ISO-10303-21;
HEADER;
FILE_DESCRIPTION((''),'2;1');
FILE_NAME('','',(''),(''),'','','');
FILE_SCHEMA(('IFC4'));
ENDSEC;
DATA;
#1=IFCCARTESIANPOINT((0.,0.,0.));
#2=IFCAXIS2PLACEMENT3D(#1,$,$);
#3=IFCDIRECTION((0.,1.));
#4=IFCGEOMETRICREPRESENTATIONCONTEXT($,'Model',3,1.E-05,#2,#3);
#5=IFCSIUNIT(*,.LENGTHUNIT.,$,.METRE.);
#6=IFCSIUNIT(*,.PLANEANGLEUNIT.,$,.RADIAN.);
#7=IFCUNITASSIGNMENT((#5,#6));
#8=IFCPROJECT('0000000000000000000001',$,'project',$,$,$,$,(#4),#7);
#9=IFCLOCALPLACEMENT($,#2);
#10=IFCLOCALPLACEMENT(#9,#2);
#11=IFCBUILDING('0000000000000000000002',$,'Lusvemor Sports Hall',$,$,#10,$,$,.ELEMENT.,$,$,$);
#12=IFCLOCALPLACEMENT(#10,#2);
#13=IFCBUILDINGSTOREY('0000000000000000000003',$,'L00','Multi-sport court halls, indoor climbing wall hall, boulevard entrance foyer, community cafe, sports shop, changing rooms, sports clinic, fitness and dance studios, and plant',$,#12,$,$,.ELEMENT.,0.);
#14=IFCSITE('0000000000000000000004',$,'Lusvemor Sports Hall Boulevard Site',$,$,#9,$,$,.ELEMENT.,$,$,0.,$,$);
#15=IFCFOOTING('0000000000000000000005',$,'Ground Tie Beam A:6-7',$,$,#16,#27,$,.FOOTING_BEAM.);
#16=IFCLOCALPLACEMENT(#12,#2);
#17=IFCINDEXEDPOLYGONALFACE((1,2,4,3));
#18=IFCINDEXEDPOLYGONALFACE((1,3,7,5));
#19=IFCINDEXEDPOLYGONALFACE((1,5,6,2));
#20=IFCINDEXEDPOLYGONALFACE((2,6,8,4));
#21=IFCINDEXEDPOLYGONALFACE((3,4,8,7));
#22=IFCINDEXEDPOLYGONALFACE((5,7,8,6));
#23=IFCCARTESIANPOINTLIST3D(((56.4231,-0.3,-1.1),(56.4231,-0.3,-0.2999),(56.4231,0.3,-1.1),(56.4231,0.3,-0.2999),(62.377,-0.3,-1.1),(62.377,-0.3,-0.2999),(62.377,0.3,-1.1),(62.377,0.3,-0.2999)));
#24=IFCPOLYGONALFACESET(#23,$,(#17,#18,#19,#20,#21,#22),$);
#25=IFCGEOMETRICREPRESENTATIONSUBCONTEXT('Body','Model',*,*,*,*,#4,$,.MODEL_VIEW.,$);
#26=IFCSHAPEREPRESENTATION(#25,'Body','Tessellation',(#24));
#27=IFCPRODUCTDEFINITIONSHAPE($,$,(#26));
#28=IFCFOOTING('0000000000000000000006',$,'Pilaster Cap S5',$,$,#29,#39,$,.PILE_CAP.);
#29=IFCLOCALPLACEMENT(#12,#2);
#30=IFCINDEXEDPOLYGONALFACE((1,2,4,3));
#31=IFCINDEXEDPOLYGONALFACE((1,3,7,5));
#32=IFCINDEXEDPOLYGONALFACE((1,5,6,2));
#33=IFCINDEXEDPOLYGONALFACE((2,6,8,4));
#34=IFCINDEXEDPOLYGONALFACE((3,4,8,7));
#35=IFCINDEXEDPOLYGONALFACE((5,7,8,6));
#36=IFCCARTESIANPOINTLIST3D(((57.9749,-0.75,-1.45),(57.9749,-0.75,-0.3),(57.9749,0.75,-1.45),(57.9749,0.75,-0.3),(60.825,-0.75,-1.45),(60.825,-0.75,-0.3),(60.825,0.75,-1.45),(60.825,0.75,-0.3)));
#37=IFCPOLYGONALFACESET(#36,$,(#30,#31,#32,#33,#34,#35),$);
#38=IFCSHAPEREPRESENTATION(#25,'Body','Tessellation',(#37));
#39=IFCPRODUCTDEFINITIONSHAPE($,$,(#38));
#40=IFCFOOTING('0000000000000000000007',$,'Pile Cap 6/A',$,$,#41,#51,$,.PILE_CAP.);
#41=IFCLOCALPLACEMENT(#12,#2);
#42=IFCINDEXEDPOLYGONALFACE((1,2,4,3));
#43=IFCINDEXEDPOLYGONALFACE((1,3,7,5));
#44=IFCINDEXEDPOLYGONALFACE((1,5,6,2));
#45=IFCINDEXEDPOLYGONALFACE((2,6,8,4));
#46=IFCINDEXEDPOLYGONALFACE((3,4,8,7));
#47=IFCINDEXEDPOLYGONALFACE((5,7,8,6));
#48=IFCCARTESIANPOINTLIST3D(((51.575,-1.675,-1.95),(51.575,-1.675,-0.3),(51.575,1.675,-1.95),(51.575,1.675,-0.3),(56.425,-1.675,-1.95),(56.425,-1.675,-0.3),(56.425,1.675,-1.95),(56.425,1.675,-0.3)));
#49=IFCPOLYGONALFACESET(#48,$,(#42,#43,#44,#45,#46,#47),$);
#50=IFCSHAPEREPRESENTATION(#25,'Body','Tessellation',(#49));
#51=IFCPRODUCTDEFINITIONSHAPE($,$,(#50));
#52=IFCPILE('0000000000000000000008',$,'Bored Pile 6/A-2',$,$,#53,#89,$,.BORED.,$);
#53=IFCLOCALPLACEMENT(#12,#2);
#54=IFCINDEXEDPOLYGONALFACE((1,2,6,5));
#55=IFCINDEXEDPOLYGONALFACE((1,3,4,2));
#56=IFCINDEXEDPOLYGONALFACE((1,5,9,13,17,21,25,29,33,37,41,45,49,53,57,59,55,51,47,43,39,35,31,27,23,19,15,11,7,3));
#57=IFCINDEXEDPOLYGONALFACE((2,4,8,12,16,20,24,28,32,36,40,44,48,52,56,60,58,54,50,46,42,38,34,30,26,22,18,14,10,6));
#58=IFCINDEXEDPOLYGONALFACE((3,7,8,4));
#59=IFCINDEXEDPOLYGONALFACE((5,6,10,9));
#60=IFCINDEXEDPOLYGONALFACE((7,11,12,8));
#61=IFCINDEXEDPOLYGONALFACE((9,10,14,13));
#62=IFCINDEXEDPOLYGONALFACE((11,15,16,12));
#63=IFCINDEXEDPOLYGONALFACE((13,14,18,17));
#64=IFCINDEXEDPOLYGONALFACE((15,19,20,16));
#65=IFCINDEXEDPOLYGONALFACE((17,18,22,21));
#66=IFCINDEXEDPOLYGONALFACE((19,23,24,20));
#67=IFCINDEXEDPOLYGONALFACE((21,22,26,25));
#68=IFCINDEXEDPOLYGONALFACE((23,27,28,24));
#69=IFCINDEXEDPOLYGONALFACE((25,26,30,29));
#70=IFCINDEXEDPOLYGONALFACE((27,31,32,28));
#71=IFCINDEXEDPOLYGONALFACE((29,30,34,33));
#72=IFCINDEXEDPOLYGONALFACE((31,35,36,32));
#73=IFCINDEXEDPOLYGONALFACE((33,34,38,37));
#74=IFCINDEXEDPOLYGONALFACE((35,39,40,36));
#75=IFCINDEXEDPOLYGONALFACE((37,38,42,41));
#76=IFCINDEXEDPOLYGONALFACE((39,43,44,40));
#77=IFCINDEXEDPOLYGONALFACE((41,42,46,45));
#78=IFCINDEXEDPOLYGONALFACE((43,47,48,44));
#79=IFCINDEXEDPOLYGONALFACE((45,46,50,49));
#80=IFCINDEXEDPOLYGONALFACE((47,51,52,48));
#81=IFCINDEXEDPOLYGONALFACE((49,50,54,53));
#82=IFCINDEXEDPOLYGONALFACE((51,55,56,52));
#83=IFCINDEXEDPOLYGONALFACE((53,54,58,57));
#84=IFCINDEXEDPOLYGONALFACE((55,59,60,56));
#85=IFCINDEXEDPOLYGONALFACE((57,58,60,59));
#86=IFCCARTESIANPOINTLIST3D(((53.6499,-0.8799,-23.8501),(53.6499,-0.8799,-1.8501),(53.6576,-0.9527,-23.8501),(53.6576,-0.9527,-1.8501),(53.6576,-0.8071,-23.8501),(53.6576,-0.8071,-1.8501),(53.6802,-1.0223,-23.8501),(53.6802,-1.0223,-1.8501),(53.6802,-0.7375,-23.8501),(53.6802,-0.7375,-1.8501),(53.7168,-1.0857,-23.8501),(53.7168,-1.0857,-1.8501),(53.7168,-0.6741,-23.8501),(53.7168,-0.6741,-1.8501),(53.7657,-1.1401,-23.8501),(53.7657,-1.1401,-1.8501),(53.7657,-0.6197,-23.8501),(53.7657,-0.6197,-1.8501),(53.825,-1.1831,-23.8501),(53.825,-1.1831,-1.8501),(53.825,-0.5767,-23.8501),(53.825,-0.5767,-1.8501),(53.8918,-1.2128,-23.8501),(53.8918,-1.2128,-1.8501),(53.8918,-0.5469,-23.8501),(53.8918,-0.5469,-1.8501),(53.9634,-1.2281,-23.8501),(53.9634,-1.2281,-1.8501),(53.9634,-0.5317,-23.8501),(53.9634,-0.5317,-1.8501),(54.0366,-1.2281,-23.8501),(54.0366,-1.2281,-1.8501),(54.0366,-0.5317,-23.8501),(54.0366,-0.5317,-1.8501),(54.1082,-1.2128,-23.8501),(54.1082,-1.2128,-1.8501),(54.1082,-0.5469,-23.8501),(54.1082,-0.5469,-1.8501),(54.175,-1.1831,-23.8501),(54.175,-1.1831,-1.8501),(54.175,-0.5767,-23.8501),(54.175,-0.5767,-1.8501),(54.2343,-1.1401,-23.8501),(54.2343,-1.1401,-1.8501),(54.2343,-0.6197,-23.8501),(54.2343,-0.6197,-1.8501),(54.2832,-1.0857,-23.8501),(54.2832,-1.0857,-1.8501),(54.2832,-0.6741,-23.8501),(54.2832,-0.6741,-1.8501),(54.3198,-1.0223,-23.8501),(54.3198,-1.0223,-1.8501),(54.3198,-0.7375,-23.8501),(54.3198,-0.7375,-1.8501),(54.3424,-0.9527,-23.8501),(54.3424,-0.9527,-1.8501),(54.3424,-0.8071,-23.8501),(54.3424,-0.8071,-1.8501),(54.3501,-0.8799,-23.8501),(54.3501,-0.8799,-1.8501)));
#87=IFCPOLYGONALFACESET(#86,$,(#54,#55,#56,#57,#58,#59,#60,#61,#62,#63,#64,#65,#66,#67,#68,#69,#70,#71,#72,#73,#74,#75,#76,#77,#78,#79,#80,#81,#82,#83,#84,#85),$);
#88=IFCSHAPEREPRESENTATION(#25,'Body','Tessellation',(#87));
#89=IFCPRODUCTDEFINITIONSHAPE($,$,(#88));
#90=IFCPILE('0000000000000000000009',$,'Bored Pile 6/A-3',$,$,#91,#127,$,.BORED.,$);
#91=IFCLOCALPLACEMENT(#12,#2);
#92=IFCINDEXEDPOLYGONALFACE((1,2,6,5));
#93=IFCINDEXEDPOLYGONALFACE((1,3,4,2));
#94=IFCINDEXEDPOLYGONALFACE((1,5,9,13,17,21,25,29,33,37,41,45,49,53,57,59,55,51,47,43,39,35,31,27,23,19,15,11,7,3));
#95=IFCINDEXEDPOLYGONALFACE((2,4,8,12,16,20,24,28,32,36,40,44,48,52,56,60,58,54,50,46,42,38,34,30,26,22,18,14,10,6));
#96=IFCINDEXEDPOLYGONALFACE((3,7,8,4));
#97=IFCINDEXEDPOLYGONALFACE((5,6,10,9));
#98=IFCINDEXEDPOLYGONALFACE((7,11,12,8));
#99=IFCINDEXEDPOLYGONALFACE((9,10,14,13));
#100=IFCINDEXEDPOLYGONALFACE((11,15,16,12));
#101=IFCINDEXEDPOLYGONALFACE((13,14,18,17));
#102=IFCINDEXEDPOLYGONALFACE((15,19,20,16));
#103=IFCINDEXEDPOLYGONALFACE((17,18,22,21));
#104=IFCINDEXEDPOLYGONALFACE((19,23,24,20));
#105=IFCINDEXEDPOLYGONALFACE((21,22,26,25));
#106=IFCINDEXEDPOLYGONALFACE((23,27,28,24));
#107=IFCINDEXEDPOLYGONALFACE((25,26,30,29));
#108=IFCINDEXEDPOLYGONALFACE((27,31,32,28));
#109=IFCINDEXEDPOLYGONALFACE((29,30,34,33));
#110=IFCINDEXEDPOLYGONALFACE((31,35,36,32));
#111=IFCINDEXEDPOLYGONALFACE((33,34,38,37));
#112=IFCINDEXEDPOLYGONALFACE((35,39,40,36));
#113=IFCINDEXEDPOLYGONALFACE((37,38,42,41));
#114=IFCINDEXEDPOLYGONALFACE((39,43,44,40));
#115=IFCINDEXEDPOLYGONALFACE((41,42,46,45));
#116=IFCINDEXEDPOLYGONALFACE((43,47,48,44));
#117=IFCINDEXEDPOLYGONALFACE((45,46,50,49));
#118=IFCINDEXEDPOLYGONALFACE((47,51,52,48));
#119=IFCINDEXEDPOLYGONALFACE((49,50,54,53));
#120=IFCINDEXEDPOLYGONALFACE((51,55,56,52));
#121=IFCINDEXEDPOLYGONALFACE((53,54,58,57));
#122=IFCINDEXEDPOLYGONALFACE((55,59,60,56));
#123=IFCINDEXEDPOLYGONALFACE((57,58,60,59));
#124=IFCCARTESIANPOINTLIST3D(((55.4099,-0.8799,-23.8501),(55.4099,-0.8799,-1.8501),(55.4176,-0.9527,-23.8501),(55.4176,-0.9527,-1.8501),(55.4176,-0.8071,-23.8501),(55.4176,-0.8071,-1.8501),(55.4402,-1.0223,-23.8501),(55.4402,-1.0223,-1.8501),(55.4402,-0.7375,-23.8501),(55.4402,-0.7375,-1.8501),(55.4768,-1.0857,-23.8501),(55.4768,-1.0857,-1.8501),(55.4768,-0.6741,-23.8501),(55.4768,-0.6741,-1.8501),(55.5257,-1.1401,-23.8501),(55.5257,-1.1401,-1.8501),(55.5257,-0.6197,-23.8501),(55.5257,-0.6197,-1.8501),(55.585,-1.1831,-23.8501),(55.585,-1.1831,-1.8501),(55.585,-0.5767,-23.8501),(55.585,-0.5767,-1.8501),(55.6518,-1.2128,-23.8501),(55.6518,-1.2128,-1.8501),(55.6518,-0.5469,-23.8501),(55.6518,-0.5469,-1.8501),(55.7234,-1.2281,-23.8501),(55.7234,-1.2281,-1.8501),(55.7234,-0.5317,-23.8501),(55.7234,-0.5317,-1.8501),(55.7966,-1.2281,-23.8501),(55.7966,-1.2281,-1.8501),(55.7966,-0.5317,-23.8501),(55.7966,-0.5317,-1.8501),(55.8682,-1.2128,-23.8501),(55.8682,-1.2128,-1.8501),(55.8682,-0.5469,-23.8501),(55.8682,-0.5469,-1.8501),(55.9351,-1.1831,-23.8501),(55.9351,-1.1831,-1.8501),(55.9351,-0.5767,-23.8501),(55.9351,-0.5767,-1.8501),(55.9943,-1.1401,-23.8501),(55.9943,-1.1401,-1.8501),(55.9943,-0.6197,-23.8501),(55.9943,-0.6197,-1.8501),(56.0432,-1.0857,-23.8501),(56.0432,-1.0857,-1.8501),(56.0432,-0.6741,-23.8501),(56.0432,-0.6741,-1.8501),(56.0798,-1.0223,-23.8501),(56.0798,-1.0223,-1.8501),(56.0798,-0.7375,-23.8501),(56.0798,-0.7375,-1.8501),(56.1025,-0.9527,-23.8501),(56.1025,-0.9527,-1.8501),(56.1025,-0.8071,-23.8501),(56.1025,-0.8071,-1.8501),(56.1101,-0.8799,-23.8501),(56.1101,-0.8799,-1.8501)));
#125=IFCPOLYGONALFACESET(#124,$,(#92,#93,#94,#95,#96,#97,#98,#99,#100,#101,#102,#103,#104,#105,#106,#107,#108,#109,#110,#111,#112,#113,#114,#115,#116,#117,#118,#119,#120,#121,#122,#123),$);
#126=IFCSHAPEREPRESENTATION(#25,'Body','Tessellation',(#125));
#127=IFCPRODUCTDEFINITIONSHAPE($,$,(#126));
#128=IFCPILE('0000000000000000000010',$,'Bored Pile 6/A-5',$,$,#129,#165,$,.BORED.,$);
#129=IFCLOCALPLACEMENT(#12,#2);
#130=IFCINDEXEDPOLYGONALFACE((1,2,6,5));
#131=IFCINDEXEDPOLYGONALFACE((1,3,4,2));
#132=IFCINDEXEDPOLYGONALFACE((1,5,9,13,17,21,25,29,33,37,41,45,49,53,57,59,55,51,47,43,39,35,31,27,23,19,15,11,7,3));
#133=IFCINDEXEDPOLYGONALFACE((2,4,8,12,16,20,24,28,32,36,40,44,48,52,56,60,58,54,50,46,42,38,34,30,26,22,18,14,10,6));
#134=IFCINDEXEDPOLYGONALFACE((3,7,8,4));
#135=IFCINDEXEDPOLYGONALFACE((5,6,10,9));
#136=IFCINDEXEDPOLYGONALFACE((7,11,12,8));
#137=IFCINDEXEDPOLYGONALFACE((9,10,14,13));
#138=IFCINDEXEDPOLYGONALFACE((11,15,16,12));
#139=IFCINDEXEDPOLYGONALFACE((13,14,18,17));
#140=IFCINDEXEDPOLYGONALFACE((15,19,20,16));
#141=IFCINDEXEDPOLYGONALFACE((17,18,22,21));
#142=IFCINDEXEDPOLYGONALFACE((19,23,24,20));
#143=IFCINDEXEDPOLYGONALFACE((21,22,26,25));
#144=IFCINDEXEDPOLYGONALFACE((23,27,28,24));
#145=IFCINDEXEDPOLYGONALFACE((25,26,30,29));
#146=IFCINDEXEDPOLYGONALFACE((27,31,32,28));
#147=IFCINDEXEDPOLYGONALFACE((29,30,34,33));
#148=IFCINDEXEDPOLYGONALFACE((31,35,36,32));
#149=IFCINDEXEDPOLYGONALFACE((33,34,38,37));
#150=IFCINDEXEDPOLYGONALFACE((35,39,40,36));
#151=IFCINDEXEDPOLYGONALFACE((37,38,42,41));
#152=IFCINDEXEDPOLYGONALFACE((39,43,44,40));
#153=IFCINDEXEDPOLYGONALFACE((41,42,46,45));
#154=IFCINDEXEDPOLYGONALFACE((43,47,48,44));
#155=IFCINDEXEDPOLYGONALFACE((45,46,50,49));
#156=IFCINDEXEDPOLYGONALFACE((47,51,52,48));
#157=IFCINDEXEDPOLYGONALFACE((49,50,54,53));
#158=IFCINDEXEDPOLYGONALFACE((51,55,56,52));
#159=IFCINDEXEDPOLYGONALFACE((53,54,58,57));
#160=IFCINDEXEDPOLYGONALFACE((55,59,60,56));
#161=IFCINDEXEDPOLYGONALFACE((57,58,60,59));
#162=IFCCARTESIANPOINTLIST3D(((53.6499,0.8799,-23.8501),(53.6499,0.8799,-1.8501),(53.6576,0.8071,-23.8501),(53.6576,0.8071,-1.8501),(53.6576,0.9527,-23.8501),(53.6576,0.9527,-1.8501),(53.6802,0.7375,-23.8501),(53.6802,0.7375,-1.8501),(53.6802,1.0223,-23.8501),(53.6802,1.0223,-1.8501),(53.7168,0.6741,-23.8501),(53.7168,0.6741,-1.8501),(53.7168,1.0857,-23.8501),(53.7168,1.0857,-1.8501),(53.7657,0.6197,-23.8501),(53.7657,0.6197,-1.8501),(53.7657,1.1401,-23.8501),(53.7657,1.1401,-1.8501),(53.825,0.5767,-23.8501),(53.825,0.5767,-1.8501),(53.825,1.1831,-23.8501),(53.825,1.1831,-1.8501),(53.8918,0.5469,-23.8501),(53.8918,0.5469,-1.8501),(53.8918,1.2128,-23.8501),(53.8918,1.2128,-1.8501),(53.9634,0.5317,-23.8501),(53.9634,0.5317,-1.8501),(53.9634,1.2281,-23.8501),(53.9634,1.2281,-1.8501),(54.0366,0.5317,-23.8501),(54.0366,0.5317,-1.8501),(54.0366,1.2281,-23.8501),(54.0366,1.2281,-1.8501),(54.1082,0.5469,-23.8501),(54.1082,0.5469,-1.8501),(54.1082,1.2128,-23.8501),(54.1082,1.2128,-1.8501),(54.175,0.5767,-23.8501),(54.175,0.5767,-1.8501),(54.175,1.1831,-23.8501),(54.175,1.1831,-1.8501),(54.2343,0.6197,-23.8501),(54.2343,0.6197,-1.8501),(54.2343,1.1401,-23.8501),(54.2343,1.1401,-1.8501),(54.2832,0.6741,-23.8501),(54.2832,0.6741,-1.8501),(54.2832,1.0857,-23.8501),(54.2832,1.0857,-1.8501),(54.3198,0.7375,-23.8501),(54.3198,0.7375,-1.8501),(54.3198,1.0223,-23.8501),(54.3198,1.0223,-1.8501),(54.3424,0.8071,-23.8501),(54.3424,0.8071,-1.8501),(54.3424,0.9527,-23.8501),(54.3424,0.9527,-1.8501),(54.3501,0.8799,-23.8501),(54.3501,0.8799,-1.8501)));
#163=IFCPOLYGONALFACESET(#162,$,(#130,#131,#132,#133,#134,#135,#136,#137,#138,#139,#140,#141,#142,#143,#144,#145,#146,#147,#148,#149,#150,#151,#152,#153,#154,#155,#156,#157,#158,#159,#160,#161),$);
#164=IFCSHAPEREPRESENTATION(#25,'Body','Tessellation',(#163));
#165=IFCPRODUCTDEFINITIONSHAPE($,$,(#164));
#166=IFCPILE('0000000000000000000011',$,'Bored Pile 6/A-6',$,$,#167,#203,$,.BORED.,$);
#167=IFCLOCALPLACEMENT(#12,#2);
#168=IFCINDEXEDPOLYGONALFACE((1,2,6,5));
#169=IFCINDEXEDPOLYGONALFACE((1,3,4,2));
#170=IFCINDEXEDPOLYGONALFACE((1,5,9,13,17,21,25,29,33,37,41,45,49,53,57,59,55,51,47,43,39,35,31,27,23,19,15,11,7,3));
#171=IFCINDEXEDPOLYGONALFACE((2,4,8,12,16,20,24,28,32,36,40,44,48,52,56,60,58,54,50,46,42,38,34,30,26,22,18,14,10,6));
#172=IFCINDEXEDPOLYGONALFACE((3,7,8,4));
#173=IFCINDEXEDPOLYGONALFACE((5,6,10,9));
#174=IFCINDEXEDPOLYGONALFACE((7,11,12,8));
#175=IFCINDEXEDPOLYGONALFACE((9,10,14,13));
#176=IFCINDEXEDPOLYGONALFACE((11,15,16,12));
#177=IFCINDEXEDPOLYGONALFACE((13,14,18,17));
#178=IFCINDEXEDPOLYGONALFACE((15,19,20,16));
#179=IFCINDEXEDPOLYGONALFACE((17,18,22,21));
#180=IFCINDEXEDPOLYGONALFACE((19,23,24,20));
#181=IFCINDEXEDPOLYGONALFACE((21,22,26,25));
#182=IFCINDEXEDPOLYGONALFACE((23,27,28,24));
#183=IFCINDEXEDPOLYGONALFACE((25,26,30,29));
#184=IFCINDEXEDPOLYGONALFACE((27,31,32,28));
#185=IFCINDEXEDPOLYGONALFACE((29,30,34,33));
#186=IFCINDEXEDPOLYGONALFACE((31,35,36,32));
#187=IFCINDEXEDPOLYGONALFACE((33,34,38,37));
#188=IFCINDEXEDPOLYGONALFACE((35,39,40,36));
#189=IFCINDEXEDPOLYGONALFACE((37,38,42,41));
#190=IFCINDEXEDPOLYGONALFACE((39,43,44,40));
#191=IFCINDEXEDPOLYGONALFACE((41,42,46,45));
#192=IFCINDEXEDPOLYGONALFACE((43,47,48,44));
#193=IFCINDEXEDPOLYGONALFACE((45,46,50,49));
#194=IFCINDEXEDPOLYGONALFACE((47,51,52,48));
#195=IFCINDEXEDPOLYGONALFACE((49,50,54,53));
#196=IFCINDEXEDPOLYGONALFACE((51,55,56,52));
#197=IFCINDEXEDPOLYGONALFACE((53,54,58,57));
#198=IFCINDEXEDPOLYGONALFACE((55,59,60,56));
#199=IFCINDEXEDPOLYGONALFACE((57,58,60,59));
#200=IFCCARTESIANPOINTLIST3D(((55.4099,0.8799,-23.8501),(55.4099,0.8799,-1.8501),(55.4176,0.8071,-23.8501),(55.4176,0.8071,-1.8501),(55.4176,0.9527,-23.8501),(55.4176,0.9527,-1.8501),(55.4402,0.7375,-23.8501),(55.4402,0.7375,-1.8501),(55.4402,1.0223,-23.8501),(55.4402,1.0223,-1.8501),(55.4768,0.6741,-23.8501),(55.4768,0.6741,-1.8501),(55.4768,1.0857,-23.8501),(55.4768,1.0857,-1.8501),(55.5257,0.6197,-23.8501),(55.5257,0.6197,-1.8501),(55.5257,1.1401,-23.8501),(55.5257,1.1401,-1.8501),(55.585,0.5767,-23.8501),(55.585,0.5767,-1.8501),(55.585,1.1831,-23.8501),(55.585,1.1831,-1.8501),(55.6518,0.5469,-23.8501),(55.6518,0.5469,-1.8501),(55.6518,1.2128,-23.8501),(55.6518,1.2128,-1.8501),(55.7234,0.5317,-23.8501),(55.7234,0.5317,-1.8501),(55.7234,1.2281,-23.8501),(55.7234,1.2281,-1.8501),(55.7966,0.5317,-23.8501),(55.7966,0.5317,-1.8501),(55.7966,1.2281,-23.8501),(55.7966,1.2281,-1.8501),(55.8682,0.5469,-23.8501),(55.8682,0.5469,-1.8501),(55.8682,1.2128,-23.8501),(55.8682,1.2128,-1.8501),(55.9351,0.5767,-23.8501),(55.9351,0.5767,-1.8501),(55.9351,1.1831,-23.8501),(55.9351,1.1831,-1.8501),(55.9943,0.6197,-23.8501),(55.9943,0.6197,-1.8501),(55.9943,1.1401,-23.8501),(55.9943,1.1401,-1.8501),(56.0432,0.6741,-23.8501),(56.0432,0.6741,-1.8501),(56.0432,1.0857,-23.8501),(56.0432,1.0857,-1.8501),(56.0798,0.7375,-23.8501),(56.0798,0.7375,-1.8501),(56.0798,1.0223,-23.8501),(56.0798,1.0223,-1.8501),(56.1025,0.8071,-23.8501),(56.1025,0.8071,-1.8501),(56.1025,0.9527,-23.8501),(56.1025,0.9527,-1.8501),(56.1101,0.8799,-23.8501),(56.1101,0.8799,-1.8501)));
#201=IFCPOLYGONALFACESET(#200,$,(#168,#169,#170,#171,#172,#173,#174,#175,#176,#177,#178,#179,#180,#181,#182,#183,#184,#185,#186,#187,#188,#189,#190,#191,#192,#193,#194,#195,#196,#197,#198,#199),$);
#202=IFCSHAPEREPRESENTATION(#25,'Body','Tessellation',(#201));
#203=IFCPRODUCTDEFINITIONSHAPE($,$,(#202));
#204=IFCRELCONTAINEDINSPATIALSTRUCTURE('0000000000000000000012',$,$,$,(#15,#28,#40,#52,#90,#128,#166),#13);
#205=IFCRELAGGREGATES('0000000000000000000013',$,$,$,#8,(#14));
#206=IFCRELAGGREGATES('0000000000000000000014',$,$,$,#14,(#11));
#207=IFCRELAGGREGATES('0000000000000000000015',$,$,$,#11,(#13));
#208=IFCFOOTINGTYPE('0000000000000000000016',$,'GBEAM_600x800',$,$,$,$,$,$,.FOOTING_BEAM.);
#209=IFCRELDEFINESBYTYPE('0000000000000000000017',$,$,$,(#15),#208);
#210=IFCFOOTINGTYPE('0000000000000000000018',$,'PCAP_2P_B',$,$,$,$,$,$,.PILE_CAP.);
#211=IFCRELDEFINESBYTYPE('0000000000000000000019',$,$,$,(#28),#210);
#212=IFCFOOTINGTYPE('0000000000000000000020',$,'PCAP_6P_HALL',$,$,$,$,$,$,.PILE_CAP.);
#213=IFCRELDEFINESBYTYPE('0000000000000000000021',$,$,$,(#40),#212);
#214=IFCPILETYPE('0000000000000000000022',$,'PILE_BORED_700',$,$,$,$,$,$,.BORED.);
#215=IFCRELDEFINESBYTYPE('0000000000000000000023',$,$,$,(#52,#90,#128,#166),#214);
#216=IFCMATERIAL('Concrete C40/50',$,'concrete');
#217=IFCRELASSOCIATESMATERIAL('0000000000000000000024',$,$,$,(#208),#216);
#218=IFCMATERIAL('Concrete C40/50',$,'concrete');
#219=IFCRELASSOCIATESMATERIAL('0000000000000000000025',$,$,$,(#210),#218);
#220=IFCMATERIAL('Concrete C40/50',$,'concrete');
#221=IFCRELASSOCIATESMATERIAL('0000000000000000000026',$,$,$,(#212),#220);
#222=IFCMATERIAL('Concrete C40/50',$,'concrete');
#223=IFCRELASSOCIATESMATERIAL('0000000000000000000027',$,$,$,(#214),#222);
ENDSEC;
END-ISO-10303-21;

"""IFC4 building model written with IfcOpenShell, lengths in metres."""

from ifc_helpers import new_model, si_unit, direction, frame, origin, origin_2d, place, context, subcontext, project, spatial, rectangle, circle, extrude, material, material_profile, profile_set, type_object, element, save


model = new_model("IFC4")

# Units and contexts
model_context = context("Model", 3, precision=1e-05, world=origin(), true_north=direction((0.0, 1.0)))
body_context = subcontext(model_context, "Body", "Model", "MODEL_VIEW")
ifc_project = project(units=[si_unit("LENGTHUNIT", "METRE"), si_unit("PLANEANGLEUNIT", "RADIAN")], contexts=[model_context])

# Site, building, storey
site_placement = place(None, origin())
site = spatial("IfcSite", under=ifc_project, at=site_placement, Name="Lusvemor Sports Hall Boulevard Site", CompositionType="ELEMENT", RefElevation=0.0)
building_placement = place(site_placement, origin())
building = spatial("IfcBuilding", under=site, at=building_placement, Name="Lusvemor Sports Hall", CompositionType="ELEMENT")
storey_placement = place(building_placement, origin())
storey = spatial("IfcBuildingStorey", under=building, at=storey_placement, Name="L00", Description="Multi-sport court halls, indoor climbing wall hall, boulevard entrance foyer, community cafe, sports shop, changing rooms, sports clinic, fitness and dance studios, and plant", CompositionType="ELEMENT", Elevation=0.0)

# Footings
ifc_material_1 = material(Name="Concrete C40/50", Category="concrete")
ifc_material_profile_1 = material_profile(ifc_material_1, rectangle(XDim=0.6001, YDim=0.8, at=origin_2d()), Name="GB_600x800")
ifc_profile_set_1 = profile_set([ifc_material_profile_1], Name="Concrete C40/50")
footing_type_1 = type_object("IfcFootingType", Name="GBEAM_600x800", PredefinedType="FOOTING_BEAM", material=ifc_profile_set_1)
footing_1_placement = place(storey_placement, frame((56.4231, 0.0, -0.7), z_axis=(1.0, 0.0, 0.0), x_axis=(0.0, 1.0, 0.0)))
element("IfcFooting", 1, at=footing_1_placement, inside=storey, type_object=footing_type_1, Name="Ground Tie Beam A:6-7", PredefinedType="FOOTING_BEAM", context=body_context, shape_type="SweptSolid", body=[
    extrude(rectangle(XDim=0.6001, YDim=0.8, at=origin_2d()), origin(), (0.0, 0.0, 1.0), 5.9539),
])
ifc_material_2 = material(Name="Concrete C40/50", Category="concrete")
footing_type_2 = type_object("IfcFootingType", Name="PCAP_2P_B", PredefinedType="PILE_CAP", material=ifc_material_2)
footing_2_placement = place(storey_placement, frame((59.3999, 0.0, -1.45), z_axis=(0.0, 0.0, 1.0), x_axis=(1.0, 0.0, 0.0)))
element("IfcFooting", 2, at=footing_2_placement, inside=storey, type_object=footing_type_2, Name="Pilaster Cap S5", PredefinedType="PILE_CAP", context=body_context, shape_type="SweptSolid", body=[
    extrude(rectangle(XDim=2.8501, YDim=1.5, at=origin_2d()), origin(), (0.0, 0.0, 1.0), 1.1499),
])
ifc_material_3 = material(Name="Concrete C40/50", Category="concrete")
footing_type_3 = type_object("IfcFootingType", Name="PCAP_6P_HALL", PredefinedType="PILE_CAP", material=ifc_material_3)
footing_3_placement = place(storey_placement, frame((54.0, 0.0, -1.95), z_axis=(0.0, 0.0, 1.0), x_axis=(1.0, 0.0, 0.0)))
element("IfcFooting", 3, at=footing_3_placement, inside=storey, type_object=footing_type_3, Name="Pile Cap 6/A", PredefinedType="PILE_CAP", context=body_context, shape_type="SweptSolid", body=[
    extrude(rectangle(XDim=4.8501, YDim=3.3501, at=origin_2d()), origin(), (0.0, 0.0, 1.0), 1.6499),
])

# Piles
ifc_material_4 = material(Name="Concrete C40/50", Category="concrete")
ifc_material_profile_2 = material_profile(ifc_material_4, circle(Radius=0.3501, at=origin_2d()), Name="PILE700")
ifc_profile_set_2 = profile_set([ifc_material_profile_2], Name="Concrete C40/50")
pile_type = type_object("IfcPileType", Name="PILE_BORED_700", PredefinedType="BORED", material=ifc_profile_set_2)
for number, where, z_axis, x_axis, name in (
    (4, (54.0, -0.8799, -1.8501), (0.0, 0.0, -1.0), (1.0, 0.0, 0.0), "Bored Pile 6/A-2"),
    (5, (55.76, -0.8799, -1.8501), (0.0, 0.0, -1.0), (1.0, 0.0, 0.0), "Bored Pile 6/A-3"),
    (6, (54.0, 0.8799, -1.8501), (0.0, 0.0, -1.0), (1.0, 0.0, 0.0), "Bored Pile 6/A-5"),
    (7, (55.76, 0.8799, -1.8501), (0.0, 0.0, -1.0), (1.0, 0.0, 0.0), "Bored Pile 6/A-6"),
):
    element("IfcPile", number, at=place(storey_placement, frame(where, z_axis=z_axis, x_axis=x_axis)), inside=storey, type_object=pile_type, Name=name, PredefinedType="BORED", context=body_context, shape_type="SweptSolid", body=[
        extrude(circle(Radius=0.3501, at=origin_2d()), origin(), (0.0, 0.0, 1.0), 22.0),
    ])

save(model, "model.ifc")
